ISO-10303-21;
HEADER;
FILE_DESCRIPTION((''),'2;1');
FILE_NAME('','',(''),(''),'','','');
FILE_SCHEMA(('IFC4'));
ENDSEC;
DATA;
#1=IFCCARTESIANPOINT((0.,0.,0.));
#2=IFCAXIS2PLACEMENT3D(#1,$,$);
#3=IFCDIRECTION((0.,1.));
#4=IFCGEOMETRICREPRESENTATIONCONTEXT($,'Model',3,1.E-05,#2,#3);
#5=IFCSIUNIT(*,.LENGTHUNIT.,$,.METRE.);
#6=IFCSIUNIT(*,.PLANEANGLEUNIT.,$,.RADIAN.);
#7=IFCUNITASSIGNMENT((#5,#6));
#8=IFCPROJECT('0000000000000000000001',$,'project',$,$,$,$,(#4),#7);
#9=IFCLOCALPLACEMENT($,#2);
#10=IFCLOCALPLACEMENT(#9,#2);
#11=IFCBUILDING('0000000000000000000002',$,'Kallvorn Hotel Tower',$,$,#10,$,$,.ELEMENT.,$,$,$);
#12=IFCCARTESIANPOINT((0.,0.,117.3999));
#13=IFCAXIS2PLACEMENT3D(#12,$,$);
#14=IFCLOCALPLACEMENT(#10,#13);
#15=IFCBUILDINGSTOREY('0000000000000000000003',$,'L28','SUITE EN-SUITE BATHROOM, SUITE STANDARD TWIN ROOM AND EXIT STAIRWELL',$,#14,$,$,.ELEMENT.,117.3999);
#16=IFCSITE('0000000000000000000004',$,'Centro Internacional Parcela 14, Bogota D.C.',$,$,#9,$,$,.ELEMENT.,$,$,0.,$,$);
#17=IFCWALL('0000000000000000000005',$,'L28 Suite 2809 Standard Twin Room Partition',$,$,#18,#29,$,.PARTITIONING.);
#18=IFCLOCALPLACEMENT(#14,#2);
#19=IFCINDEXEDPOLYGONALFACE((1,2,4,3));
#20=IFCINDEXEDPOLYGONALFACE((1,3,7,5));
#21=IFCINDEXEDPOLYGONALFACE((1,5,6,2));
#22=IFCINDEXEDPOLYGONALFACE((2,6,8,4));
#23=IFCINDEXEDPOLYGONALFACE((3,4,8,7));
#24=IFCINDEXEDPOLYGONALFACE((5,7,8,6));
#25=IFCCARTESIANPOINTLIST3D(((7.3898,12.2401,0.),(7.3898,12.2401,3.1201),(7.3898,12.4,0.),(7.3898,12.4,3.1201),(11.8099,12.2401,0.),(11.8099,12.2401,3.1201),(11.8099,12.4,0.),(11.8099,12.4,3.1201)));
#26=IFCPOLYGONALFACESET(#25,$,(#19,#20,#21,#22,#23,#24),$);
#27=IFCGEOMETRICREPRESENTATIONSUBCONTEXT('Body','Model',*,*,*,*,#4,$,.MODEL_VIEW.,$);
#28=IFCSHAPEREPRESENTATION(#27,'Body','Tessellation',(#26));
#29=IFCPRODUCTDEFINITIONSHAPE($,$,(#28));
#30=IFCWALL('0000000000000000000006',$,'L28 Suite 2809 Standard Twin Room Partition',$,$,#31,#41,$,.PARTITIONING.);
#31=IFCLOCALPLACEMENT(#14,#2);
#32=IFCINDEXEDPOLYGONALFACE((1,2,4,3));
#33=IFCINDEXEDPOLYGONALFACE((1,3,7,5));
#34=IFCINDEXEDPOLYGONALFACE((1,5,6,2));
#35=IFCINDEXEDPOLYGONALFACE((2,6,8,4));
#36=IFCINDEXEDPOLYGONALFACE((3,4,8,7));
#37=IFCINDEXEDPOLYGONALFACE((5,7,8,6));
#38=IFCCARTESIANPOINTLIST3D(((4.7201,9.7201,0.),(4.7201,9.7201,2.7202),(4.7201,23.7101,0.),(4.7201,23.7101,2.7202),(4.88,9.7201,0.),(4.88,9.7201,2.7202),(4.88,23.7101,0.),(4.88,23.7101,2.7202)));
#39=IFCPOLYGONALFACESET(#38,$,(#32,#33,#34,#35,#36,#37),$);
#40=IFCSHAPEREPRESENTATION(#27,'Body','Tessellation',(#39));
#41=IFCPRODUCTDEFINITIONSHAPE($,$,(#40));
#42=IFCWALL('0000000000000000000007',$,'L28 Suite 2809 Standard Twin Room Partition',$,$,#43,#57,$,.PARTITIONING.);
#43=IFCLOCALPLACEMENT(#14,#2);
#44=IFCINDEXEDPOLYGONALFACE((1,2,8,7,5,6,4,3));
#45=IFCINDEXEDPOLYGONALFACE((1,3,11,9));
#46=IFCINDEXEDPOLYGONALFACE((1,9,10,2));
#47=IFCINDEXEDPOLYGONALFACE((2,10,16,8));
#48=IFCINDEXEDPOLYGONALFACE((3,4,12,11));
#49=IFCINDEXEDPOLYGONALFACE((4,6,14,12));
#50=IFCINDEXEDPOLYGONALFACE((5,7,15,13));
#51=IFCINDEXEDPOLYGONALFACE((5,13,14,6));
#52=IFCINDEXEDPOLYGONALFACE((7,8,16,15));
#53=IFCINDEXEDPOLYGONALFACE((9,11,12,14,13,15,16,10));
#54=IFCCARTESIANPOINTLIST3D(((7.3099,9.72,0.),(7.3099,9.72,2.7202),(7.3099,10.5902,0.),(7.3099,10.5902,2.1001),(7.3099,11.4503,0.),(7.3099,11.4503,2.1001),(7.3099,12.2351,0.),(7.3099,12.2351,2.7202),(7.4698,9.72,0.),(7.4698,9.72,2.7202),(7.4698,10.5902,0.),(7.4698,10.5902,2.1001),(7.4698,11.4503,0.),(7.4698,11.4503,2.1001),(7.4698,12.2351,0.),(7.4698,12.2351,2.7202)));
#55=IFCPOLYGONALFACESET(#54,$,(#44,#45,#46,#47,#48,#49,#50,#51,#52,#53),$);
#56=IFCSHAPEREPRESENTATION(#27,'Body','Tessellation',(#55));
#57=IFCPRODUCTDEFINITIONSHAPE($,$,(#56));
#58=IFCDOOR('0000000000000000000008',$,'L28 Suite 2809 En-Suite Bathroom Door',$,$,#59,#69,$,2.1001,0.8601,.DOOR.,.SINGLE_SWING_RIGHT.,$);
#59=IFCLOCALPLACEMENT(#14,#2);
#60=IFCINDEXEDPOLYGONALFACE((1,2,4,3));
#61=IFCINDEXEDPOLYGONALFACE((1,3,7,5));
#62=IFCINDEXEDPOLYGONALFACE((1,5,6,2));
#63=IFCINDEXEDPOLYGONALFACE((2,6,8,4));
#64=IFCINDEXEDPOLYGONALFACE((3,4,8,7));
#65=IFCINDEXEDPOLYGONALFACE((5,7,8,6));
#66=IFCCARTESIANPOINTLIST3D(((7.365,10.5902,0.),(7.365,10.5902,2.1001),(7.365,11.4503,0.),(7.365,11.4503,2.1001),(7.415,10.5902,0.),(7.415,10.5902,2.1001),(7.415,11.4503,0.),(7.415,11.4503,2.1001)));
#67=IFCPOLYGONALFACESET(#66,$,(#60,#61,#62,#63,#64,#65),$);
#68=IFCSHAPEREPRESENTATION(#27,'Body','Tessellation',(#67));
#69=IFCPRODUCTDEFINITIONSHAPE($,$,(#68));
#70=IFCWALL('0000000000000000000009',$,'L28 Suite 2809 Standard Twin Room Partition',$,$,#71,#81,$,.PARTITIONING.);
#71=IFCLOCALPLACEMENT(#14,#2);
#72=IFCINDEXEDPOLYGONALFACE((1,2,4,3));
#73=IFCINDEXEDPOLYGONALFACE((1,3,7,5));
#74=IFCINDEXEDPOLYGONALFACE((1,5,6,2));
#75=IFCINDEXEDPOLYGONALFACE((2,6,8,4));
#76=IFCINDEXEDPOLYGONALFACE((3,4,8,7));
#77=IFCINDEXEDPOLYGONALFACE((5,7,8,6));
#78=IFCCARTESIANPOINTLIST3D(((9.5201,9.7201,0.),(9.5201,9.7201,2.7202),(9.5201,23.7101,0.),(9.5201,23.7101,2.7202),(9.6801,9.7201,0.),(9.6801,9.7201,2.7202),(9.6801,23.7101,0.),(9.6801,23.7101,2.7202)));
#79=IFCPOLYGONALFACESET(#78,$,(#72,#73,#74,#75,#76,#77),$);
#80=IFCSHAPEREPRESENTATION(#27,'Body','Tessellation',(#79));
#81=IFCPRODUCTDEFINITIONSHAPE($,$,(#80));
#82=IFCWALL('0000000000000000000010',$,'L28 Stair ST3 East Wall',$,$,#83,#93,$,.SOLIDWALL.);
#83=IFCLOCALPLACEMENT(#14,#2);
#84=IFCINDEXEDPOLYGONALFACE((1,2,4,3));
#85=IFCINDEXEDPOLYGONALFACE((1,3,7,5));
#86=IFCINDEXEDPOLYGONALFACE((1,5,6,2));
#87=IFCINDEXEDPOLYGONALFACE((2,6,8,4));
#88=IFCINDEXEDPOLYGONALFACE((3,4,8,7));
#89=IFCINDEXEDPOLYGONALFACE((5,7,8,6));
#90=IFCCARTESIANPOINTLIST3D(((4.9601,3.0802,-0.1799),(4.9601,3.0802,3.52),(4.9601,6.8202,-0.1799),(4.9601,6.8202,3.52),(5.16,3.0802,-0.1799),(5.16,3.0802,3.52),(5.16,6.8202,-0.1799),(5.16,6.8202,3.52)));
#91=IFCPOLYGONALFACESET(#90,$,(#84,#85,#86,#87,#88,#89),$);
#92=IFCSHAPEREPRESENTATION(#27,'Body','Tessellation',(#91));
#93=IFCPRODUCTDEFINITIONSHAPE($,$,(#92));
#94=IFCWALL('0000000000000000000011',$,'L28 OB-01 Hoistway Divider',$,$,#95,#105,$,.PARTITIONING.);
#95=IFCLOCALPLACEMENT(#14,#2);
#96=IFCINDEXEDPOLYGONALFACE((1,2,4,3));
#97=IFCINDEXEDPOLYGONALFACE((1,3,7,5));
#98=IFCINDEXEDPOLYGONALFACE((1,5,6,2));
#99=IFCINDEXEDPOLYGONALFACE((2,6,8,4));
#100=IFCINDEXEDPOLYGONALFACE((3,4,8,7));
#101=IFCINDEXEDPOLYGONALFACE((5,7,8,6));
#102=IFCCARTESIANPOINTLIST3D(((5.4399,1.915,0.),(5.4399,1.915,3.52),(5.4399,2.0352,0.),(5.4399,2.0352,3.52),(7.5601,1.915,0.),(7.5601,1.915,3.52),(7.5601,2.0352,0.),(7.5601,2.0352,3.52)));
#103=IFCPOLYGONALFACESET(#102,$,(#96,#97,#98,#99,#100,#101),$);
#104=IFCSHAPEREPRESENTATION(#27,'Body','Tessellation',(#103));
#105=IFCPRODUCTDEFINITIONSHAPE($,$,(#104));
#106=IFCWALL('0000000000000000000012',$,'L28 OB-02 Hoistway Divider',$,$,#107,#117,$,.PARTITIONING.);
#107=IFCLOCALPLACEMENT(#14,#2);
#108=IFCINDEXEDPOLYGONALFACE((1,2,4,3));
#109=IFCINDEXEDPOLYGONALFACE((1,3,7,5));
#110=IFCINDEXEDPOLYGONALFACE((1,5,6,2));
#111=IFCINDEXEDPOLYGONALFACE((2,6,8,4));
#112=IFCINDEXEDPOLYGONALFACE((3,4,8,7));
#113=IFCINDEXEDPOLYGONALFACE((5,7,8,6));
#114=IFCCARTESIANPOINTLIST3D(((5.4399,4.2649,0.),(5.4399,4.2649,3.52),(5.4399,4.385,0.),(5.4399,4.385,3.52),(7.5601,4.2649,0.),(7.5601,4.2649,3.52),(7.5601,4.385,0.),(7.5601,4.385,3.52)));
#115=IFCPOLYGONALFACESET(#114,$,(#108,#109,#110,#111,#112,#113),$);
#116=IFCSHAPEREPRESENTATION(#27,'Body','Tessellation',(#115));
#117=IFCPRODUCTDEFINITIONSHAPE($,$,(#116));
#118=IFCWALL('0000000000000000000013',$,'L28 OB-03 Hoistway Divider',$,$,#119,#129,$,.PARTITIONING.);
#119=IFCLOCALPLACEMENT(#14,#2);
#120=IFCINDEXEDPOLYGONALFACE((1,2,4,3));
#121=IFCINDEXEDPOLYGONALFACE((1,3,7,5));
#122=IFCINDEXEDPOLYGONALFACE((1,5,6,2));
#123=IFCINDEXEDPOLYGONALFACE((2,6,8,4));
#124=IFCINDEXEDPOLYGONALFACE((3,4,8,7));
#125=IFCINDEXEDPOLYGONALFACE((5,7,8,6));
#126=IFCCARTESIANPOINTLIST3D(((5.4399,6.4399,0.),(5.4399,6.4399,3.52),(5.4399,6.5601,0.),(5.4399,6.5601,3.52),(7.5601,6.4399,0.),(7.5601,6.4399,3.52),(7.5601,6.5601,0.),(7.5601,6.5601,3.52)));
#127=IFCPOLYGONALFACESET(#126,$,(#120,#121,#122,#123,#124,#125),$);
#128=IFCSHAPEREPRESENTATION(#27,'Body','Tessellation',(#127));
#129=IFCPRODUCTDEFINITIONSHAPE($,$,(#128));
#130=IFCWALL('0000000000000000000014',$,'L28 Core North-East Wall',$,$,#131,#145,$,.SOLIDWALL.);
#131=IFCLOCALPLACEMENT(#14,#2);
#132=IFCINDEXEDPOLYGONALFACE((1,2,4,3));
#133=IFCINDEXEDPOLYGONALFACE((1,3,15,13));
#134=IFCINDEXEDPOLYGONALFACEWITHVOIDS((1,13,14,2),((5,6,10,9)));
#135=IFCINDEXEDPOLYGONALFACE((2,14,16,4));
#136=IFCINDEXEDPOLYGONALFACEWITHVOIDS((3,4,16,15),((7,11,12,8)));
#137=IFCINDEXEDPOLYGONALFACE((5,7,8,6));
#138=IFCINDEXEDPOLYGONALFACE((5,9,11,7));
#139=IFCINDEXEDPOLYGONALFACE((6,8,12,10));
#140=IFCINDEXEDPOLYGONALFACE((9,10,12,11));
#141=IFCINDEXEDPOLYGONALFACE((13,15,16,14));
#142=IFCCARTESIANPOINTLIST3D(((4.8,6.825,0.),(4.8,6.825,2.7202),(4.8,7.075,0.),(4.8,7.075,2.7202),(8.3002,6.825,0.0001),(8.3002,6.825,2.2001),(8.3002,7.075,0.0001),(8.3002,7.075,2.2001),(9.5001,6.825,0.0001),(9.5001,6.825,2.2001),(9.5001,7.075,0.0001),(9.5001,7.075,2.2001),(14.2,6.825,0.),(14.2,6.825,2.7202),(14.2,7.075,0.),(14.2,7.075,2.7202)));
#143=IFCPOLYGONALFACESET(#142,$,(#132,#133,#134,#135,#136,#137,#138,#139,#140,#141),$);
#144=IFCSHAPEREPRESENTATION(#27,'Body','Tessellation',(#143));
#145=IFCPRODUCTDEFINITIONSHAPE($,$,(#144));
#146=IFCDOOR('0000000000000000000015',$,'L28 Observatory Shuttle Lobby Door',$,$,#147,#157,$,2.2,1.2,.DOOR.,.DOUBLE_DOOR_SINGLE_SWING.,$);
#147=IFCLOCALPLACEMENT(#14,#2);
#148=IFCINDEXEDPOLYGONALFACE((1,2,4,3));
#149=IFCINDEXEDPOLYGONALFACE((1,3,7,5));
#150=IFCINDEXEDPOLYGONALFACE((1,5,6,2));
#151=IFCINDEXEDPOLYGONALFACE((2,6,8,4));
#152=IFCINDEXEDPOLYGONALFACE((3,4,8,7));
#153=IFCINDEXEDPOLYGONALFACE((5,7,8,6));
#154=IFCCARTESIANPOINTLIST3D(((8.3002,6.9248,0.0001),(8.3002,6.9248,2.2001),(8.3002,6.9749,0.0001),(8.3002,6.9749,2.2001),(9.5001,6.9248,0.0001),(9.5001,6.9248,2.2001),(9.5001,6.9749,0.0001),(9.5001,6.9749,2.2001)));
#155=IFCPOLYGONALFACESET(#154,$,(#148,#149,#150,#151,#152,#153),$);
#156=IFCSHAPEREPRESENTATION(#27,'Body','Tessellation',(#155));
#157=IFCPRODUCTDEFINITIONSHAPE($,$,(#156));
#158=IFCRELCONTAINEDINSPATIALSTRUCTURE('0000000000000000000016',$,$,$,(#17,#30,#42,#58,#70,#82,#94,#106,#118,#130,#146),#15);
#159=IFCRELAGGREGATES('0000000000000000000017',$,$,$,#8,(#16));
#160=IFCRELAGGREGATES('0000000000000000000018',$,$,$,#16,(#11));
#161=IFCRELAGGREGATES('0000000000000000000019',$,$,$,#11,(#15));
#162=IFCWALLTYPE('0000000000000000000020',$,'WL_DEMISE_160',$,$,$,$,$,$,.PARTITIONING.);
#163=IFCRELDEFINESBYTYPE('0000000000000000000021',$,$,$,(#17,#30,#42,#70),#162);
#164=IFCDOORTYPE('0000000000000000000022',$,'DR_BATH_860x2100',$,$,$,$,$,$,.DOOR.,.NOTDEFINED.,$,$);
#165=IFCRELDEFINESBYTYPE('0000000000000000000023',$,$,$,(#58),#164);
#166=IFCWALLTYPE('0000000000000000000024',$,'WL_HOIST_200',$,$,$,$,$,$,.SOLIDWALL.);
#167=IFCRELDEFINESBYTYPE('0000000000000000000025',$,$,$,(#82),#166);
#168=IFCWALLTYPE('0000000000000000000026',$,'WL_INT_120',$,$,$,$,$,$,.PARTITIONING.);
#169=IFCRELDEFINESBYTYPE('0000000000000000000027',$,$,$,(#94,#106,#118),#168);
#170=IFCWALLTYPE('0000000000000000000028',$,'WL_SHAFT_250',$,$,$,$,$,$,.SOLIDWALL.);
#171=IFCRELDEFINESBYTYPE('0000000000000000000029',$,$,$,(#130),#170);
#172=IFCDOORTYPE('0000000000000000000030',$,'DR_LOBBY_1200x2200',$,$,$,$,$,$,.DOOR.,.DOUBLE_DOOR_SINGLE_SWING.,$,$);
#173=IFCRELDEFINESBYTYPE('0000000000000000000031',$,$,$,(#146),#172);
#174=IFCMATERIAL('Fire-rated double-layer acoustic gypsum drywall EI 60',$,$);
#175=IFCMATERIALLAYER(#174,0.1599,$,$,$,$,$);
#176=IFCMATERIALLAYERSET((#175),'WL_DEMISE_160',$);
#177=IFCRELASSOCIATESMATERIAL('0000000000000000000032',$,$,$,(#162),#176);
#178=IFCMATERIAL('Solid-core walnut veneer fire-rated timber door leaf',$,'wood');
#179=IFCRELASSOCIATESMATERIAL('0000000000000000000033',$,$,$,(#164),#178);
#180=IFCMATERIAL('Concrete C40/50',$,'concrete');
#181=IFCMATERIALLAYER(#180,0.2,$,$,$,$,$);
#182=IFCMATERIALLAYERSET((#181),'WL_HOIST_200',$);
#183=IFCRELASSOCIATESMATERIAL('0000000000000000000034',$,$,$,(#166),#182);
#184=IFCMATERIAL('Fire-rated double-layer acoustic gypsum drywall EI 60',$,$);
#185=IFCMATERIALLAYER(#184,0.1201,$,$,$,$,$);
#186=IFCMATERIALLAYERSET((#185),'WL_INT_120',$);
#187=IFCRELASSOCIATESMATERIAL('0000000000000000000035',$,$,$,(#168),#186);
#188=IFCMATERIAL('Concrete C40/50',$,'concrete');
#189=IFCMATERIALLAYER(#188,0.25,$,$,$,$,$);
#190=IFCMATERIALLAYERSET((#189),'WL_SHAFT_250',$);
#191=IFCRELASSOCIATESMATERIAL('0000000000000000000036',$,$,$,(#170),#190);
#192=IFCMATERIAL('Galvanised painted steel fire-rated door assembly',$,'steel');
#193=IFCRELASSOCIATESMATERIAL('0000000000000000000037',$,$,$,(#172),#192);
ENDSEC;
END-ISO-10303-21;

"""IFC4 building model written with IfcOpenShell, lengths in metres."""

from ifc_helpers import new_model, si_unit, direction, frame, frame_2d, origin, place, context, subcontext, project, spatial, rectangle, extrude, material, layer, layer_set, type_object, element, fill, save


model = new_model("IFC4")

# Units and contexts
model_context = context("Model", 3, precision=1e-05, world=origin(), true_north=direction((0.0, 1.0)))
body_context = subcontext(model_context, "Body", "Model", "MODEL_VIEW")
ifc_project = project(units=[si_unit("LENGTHUNIT", "METRE"), si_unit("PLANEANGLEUNIT", "RADIAN")], contexts=[model_context])

# Site, building, storey
site_placement = place(None, origin())
site = spatial("IfcSite", under=ifc_project, at=site_placement, Name="Centro Internacional Parcela 14, Bogota D.C.", CompositionType="ELEMENT", RefElevation=0.0)
building_placement = place(site_placement, origin())
building = spatial("IfcBuilding", under=site, at=building_placement, Name="Kallvorn Hotel Tower", CompositionType="ELEMENT")
storey_placement = place(building_placement, frame((0.0, 0.0, 117.3999)))
storey = spatial("IfcBuildingStorey", under=building, at=storey_placement, Name="L28", Description="SUITE EN-SUITE BATHROOM, SUITE STANDARD TWIN ROOM AND EXIT STAIRWELL", CompositionType="ELEMENT", Elevation=117.3999)

# Walls
ifc_material_1 = material(Name="Fire-rated double-layer acoustic gypsum drywall EI 60")
ifc_layer_1 = layer(ifc_material_1, 0.1599)
ifc_layer_set_1 = layer_set([ifc_layer_1], Name="WL_DEMISE_160")
wall_type_1 = type_object("IfcWallType", Name="WL_DEMISE_160", PredefinedType="PARTITIONING", material=ifc_layer_set_1)
wall_1_placement = place(storey_placement, frame((7.3899, 12.3201, 0.0), z_axis=(0.0, 0.0, 1.0), x_axis=(1.0, 0.0, 0.0)))
element("IfcWall", 1, at=wall_1_placement, inside=storey, type_object=wall_type_1, Name="L28 Suite 2809 Standard Twin Room Partition", PredefinedType="PARTITIONING", context=body_context, shape_type="SweptSolid", body=[
    extrude(rectangle(XDim=4.4202, YDim=0.1599, at=frame_2d((2.21, 0.0))), origin(), (0.0, 0.0, 1.0), 3.1201),
])
wall_2_placement = place(storey_placement, frame((4.8, 9.72, 0.0), z_axis=(0.0, 0.0, 1.0), x_axis=(0.0, 1.0, 0.0)))
element("IfcWall", 2, at=wall_2_placement, inside=storey, type_object=wall_type_1, Name="L28 Suite 2809 Standard Twin Room Partition", PredefinedType="PARTITIONING", context=body_context, shape_type="SweptSolid", body=[
    extrude(rectangle(XDim=13.99, YDim=0.1599, at=frame_2d((6.9951, 0.0))), origin(), (0.0, 0.0, 1.0), 2.7202),
])

# Wall, opening, door
wall_3_placement = place(storey_placement, frame((7.3899, 9.72, 0.0), z_axis=(0.0, 0.0, 1.0), x_axis=(0.0, 1.0, 0.0)))
wall_3 = element("IfcWall", 3, at=wall_3_placement, inside=storey, type_object=wall_type_1, Name="L28 Suite 2809 Standard Twin Room Partition", PredefinedType="PARTITIONING", context=body_context, shape_type="SweptSolid", body=[
    extrude(rectangle(XDim=2.5151, YDim=0.1599, at=frame_2d((1.2576, 0.0))), origin(), (0.0, 0.0, 1.0), 2.7202),
])
opening_1_placement = place(wall_3_placement, frame((0.8701, 0.0, 0.0)))
opening_1 = element("IfcOpeningElement", 4, at=opening_1_placement, cuts=wall_3, PredefinedType="OPENING", context=body_context, shape_type="SweptSolid", body=[
    extrude(rectangle(XDim=0.8601, YDim=2.1001, at=frame_2d((0.4302, 1.05))), frame((0.0, 0.095, 0.0), z_axis=(0.0, -1.0, 0.0), x_axis=(1.0, 0.0, 0.0)), (0.0, 0.0, 1.0), 0.1899),
])
ifc_material_2 = material(Name="Solid-core walnut veneer fire-rated timber door leaf", Category="wood")
door_type_1 = type_object("IfcDoorType", Name="DR_BATH_860x2100", OperationType="NOTDEFINED", PredefinedType="DOOR", material=ifc_material_2)
door_1_placement = place(opening_1_placement, origin())
door_1 = element("IfcDoor", 5, at=door_1_placement, inside=storey, type_object=door_type_1, Name="L28 Suite 2809 En-Suite Bathroom Door", OperationType="SINGLE_SWING_RIGHT", OverallHeight=2.1001, OverallWidth=0.8601, PredefinedType="DOOR", context=body_context, shape_type="SweptSolid", body=[
    extrude(rectangle(XDim=0.8601, YDim=2.1001, at=frame_2d((0.4302, 1.05))), frame((0.0, 0.0249, 0.0), z_axis=(0.0, -1.0, 0.0), x_axis=(1.0, 0.0, 0.0)), (0.0, 0.0, 1.0), 0.05),
])
fill(opening_1, door_1)

# Walls
wall_4_placement = place(storey_placement, frame((9.6001, 9.72, 0.0), z_axis=(0.0, 0.0, 1.0), x_axis=(0.0, 1.0, 0.0)))
element("IfcWall", 6, at=wall_4_placement, inside=storey, type_object=wall_type_1, Name="L28 Suite 2809 Standard Twin Room Partition", PredefinedType="PARTITIONING", context=body_context, shape_type="SweptSolid", body=[
    extrude(rectangle(XDim=13.99, YDim=0.1599, at=frame_2d((6.9951, 0.0))), origin(), (0.0, 0.0, 1.0), 2.7202),
])
ifc_material_3 = material(Name="Concrete C40/50", Category="concrete")
ifc_layer_2 = layer(ifc_material_3, 0.2)
ifc_layer_set_2 = layer_set([ifc_layer_2], Name="WL_HOIST_200")
wall_type_2 = type_object("IfcWallType", Name="WL_HOIST_200", PredefinedType="SOLIDWALL", material=ifc_layer_set_2)
wall_5_placement = place(storey_placement, frame((5.0601, 3.0801, -0.1799), z_axis=(0.0, 0.0, 1.0), x_axis=(0.0, 1.0, 0.0)))
element("IfcWall", 7, at=wall_5_placement, inside=storey, type_object=wall_type_2, Name="L28 Stair ST3 East Wall", PredefinedType="SOLIDWALL", context=body_context, shape_type="SweptSolid", body=[
    extrude(rectangle(XDim=3.74, YDim=0.2, at=frame_2d((1.8701, 0.0))), origin(), (0.0, 0.0, 1.0), 3.7),
])
ifc_material_4 = material(Name="Fire-rated double-layer acoustic gypsum drywall EI 60")
ifc_layer_3 = layer(ifc_material_4, 0.1201)
ifc_layer_set_3 = layer_set([ifc_layer_3], Name="WL_INT_120")
wall_type_3 = type_object("IfcWallType", Name="WL_INT_120", PredefinedType="PARTITIONING", material=ifc_layer_set_3)
for number, where, z_axis, x_axis, name in (
    (8, (5.4399, 1.9751, 0.0), (0.0, 0.0, 1.0), (1.0, 0.0, 0.0), "L28 OB-01 Hoistway Divider"),
    (9, (5.4399, 4.325, 0.0), (0.0, 0.0, 1.0), (1.0, 0.0, 0.0), "L28 OB-02 Hoistway Divider"),
    (10, (5.4399, 6.5, 0.0), (0.0, 0.0, 1.0), (1.0, 0.0, 0.0), "L28 OB-03 Hoistway Divider"),
):
    element("IfcWall", number, at=place(storey_placement, frame(where, z_axis=z_axis, x_axis=x_axis)), inside=storey, type_object=wall_type_3, Name=name, PredefinedType="PARTITIONING", context=body_context, shape_type="SweptSolid", body=[
        extrude(rectangle(XDim=2.1201, YDim=0.1201, at=frame_2d((1.0601, 0.0))), origin(), (0.0, 0.0, 1.0), 3.52),
    ])

# Wall, opening, door
ifc_material_5 = material(Name="Concrete C40/50", Category="concrete")
ifc_layer_4 = layer(ifc_material_5, 0.25)
ifc_layer_set_4 = layer_set([ifc_layer_4], Name="WL_SHAFT_250")
wall_type_4 = type_object("IfcWallType", Name="WL_SHAFT_250", PredefinedType="SOLIDWALL", material=ifc_layer_set_4)
wall_6_placement = place(storey_placement, frame((4.8, 6.95, 0.0), z_axis=(0.0, 0.0, 1.0), x_axis=(1.0, 0.0, 0.0)))
wall_6 = element("IfcWall", 11, at=wall_6_placement, inside=storey, type_object=wall_type_4, Name="L28 Core North-East Wall", PredefinedType="SOLIDWALL", context=body_context, shape_type="SweptSolid", body=[
    extrude(rectangle(XDim=9.3999, YDim=0.25, at=frame_2d((4.7, 0.0))), origin(), (0.0, 0.0, 1.0), 2.7202),
])
opening_2_placement = place(wall_6_placement, frame((3.5, 0.0, 0.0)))
opening_2 = element("IfcOpeningElement", 12, at=opening_2_placement, cuts=wall_6, PredefinedType="OPENING", context=body_context, shape_type="SweptSolid", body=[
    extrude(rectangle(XDim=1.2, YDim=2.2, at=frame_2d((0.6001, 1.1001))), frame((0.0, 0.1399, 0.0), z_axis=(0.0, -1.0, 0.0), x_axis=(1.0, 0.0, 0.0)), (0.0, 0.0, 1.0), 0.28),
])
ifc_material_6 = material(Name="Galvanised painted steel fire-rated door assembly", Category="steel")
door_type_2 = type_object("IfcDoorType", Name="DR_LOBBY_1200x2200", OperationType="DOUBLE_DOOR_SINGLE_SWING", PredefinedType="DOOR", material=ifc_material_6)
door_2_placement = place(opening_2_placement, origin())
door_2 = element("IfcDoor", 13, at=door_2_placement, inside=storey, type_object=door_type_2, Name="L28 Observatory Shuttle Lobby Door", OperationType="DOUBLE_DOOR_SINGLE_SWING", OverallHeight=2.2, OverallWidth=1.2, PredefinedType="DOOR", context=body_context, shape_type="SweptSolid", body=[
    extrude(rectangle(XDim=1.2, YDim=2.2, at=frame_2d((0.6001, 1.1001))), frame((0.0, 0.0249, 0.0), z_axis=(0.0, -1.0, 0.0), x_axis=(1.0, 0.0, 0.0)), (0.0, 0.0, 1.0), 0.05),
])
fill(opening_2, door_2)

save(model, "model.ifc")
